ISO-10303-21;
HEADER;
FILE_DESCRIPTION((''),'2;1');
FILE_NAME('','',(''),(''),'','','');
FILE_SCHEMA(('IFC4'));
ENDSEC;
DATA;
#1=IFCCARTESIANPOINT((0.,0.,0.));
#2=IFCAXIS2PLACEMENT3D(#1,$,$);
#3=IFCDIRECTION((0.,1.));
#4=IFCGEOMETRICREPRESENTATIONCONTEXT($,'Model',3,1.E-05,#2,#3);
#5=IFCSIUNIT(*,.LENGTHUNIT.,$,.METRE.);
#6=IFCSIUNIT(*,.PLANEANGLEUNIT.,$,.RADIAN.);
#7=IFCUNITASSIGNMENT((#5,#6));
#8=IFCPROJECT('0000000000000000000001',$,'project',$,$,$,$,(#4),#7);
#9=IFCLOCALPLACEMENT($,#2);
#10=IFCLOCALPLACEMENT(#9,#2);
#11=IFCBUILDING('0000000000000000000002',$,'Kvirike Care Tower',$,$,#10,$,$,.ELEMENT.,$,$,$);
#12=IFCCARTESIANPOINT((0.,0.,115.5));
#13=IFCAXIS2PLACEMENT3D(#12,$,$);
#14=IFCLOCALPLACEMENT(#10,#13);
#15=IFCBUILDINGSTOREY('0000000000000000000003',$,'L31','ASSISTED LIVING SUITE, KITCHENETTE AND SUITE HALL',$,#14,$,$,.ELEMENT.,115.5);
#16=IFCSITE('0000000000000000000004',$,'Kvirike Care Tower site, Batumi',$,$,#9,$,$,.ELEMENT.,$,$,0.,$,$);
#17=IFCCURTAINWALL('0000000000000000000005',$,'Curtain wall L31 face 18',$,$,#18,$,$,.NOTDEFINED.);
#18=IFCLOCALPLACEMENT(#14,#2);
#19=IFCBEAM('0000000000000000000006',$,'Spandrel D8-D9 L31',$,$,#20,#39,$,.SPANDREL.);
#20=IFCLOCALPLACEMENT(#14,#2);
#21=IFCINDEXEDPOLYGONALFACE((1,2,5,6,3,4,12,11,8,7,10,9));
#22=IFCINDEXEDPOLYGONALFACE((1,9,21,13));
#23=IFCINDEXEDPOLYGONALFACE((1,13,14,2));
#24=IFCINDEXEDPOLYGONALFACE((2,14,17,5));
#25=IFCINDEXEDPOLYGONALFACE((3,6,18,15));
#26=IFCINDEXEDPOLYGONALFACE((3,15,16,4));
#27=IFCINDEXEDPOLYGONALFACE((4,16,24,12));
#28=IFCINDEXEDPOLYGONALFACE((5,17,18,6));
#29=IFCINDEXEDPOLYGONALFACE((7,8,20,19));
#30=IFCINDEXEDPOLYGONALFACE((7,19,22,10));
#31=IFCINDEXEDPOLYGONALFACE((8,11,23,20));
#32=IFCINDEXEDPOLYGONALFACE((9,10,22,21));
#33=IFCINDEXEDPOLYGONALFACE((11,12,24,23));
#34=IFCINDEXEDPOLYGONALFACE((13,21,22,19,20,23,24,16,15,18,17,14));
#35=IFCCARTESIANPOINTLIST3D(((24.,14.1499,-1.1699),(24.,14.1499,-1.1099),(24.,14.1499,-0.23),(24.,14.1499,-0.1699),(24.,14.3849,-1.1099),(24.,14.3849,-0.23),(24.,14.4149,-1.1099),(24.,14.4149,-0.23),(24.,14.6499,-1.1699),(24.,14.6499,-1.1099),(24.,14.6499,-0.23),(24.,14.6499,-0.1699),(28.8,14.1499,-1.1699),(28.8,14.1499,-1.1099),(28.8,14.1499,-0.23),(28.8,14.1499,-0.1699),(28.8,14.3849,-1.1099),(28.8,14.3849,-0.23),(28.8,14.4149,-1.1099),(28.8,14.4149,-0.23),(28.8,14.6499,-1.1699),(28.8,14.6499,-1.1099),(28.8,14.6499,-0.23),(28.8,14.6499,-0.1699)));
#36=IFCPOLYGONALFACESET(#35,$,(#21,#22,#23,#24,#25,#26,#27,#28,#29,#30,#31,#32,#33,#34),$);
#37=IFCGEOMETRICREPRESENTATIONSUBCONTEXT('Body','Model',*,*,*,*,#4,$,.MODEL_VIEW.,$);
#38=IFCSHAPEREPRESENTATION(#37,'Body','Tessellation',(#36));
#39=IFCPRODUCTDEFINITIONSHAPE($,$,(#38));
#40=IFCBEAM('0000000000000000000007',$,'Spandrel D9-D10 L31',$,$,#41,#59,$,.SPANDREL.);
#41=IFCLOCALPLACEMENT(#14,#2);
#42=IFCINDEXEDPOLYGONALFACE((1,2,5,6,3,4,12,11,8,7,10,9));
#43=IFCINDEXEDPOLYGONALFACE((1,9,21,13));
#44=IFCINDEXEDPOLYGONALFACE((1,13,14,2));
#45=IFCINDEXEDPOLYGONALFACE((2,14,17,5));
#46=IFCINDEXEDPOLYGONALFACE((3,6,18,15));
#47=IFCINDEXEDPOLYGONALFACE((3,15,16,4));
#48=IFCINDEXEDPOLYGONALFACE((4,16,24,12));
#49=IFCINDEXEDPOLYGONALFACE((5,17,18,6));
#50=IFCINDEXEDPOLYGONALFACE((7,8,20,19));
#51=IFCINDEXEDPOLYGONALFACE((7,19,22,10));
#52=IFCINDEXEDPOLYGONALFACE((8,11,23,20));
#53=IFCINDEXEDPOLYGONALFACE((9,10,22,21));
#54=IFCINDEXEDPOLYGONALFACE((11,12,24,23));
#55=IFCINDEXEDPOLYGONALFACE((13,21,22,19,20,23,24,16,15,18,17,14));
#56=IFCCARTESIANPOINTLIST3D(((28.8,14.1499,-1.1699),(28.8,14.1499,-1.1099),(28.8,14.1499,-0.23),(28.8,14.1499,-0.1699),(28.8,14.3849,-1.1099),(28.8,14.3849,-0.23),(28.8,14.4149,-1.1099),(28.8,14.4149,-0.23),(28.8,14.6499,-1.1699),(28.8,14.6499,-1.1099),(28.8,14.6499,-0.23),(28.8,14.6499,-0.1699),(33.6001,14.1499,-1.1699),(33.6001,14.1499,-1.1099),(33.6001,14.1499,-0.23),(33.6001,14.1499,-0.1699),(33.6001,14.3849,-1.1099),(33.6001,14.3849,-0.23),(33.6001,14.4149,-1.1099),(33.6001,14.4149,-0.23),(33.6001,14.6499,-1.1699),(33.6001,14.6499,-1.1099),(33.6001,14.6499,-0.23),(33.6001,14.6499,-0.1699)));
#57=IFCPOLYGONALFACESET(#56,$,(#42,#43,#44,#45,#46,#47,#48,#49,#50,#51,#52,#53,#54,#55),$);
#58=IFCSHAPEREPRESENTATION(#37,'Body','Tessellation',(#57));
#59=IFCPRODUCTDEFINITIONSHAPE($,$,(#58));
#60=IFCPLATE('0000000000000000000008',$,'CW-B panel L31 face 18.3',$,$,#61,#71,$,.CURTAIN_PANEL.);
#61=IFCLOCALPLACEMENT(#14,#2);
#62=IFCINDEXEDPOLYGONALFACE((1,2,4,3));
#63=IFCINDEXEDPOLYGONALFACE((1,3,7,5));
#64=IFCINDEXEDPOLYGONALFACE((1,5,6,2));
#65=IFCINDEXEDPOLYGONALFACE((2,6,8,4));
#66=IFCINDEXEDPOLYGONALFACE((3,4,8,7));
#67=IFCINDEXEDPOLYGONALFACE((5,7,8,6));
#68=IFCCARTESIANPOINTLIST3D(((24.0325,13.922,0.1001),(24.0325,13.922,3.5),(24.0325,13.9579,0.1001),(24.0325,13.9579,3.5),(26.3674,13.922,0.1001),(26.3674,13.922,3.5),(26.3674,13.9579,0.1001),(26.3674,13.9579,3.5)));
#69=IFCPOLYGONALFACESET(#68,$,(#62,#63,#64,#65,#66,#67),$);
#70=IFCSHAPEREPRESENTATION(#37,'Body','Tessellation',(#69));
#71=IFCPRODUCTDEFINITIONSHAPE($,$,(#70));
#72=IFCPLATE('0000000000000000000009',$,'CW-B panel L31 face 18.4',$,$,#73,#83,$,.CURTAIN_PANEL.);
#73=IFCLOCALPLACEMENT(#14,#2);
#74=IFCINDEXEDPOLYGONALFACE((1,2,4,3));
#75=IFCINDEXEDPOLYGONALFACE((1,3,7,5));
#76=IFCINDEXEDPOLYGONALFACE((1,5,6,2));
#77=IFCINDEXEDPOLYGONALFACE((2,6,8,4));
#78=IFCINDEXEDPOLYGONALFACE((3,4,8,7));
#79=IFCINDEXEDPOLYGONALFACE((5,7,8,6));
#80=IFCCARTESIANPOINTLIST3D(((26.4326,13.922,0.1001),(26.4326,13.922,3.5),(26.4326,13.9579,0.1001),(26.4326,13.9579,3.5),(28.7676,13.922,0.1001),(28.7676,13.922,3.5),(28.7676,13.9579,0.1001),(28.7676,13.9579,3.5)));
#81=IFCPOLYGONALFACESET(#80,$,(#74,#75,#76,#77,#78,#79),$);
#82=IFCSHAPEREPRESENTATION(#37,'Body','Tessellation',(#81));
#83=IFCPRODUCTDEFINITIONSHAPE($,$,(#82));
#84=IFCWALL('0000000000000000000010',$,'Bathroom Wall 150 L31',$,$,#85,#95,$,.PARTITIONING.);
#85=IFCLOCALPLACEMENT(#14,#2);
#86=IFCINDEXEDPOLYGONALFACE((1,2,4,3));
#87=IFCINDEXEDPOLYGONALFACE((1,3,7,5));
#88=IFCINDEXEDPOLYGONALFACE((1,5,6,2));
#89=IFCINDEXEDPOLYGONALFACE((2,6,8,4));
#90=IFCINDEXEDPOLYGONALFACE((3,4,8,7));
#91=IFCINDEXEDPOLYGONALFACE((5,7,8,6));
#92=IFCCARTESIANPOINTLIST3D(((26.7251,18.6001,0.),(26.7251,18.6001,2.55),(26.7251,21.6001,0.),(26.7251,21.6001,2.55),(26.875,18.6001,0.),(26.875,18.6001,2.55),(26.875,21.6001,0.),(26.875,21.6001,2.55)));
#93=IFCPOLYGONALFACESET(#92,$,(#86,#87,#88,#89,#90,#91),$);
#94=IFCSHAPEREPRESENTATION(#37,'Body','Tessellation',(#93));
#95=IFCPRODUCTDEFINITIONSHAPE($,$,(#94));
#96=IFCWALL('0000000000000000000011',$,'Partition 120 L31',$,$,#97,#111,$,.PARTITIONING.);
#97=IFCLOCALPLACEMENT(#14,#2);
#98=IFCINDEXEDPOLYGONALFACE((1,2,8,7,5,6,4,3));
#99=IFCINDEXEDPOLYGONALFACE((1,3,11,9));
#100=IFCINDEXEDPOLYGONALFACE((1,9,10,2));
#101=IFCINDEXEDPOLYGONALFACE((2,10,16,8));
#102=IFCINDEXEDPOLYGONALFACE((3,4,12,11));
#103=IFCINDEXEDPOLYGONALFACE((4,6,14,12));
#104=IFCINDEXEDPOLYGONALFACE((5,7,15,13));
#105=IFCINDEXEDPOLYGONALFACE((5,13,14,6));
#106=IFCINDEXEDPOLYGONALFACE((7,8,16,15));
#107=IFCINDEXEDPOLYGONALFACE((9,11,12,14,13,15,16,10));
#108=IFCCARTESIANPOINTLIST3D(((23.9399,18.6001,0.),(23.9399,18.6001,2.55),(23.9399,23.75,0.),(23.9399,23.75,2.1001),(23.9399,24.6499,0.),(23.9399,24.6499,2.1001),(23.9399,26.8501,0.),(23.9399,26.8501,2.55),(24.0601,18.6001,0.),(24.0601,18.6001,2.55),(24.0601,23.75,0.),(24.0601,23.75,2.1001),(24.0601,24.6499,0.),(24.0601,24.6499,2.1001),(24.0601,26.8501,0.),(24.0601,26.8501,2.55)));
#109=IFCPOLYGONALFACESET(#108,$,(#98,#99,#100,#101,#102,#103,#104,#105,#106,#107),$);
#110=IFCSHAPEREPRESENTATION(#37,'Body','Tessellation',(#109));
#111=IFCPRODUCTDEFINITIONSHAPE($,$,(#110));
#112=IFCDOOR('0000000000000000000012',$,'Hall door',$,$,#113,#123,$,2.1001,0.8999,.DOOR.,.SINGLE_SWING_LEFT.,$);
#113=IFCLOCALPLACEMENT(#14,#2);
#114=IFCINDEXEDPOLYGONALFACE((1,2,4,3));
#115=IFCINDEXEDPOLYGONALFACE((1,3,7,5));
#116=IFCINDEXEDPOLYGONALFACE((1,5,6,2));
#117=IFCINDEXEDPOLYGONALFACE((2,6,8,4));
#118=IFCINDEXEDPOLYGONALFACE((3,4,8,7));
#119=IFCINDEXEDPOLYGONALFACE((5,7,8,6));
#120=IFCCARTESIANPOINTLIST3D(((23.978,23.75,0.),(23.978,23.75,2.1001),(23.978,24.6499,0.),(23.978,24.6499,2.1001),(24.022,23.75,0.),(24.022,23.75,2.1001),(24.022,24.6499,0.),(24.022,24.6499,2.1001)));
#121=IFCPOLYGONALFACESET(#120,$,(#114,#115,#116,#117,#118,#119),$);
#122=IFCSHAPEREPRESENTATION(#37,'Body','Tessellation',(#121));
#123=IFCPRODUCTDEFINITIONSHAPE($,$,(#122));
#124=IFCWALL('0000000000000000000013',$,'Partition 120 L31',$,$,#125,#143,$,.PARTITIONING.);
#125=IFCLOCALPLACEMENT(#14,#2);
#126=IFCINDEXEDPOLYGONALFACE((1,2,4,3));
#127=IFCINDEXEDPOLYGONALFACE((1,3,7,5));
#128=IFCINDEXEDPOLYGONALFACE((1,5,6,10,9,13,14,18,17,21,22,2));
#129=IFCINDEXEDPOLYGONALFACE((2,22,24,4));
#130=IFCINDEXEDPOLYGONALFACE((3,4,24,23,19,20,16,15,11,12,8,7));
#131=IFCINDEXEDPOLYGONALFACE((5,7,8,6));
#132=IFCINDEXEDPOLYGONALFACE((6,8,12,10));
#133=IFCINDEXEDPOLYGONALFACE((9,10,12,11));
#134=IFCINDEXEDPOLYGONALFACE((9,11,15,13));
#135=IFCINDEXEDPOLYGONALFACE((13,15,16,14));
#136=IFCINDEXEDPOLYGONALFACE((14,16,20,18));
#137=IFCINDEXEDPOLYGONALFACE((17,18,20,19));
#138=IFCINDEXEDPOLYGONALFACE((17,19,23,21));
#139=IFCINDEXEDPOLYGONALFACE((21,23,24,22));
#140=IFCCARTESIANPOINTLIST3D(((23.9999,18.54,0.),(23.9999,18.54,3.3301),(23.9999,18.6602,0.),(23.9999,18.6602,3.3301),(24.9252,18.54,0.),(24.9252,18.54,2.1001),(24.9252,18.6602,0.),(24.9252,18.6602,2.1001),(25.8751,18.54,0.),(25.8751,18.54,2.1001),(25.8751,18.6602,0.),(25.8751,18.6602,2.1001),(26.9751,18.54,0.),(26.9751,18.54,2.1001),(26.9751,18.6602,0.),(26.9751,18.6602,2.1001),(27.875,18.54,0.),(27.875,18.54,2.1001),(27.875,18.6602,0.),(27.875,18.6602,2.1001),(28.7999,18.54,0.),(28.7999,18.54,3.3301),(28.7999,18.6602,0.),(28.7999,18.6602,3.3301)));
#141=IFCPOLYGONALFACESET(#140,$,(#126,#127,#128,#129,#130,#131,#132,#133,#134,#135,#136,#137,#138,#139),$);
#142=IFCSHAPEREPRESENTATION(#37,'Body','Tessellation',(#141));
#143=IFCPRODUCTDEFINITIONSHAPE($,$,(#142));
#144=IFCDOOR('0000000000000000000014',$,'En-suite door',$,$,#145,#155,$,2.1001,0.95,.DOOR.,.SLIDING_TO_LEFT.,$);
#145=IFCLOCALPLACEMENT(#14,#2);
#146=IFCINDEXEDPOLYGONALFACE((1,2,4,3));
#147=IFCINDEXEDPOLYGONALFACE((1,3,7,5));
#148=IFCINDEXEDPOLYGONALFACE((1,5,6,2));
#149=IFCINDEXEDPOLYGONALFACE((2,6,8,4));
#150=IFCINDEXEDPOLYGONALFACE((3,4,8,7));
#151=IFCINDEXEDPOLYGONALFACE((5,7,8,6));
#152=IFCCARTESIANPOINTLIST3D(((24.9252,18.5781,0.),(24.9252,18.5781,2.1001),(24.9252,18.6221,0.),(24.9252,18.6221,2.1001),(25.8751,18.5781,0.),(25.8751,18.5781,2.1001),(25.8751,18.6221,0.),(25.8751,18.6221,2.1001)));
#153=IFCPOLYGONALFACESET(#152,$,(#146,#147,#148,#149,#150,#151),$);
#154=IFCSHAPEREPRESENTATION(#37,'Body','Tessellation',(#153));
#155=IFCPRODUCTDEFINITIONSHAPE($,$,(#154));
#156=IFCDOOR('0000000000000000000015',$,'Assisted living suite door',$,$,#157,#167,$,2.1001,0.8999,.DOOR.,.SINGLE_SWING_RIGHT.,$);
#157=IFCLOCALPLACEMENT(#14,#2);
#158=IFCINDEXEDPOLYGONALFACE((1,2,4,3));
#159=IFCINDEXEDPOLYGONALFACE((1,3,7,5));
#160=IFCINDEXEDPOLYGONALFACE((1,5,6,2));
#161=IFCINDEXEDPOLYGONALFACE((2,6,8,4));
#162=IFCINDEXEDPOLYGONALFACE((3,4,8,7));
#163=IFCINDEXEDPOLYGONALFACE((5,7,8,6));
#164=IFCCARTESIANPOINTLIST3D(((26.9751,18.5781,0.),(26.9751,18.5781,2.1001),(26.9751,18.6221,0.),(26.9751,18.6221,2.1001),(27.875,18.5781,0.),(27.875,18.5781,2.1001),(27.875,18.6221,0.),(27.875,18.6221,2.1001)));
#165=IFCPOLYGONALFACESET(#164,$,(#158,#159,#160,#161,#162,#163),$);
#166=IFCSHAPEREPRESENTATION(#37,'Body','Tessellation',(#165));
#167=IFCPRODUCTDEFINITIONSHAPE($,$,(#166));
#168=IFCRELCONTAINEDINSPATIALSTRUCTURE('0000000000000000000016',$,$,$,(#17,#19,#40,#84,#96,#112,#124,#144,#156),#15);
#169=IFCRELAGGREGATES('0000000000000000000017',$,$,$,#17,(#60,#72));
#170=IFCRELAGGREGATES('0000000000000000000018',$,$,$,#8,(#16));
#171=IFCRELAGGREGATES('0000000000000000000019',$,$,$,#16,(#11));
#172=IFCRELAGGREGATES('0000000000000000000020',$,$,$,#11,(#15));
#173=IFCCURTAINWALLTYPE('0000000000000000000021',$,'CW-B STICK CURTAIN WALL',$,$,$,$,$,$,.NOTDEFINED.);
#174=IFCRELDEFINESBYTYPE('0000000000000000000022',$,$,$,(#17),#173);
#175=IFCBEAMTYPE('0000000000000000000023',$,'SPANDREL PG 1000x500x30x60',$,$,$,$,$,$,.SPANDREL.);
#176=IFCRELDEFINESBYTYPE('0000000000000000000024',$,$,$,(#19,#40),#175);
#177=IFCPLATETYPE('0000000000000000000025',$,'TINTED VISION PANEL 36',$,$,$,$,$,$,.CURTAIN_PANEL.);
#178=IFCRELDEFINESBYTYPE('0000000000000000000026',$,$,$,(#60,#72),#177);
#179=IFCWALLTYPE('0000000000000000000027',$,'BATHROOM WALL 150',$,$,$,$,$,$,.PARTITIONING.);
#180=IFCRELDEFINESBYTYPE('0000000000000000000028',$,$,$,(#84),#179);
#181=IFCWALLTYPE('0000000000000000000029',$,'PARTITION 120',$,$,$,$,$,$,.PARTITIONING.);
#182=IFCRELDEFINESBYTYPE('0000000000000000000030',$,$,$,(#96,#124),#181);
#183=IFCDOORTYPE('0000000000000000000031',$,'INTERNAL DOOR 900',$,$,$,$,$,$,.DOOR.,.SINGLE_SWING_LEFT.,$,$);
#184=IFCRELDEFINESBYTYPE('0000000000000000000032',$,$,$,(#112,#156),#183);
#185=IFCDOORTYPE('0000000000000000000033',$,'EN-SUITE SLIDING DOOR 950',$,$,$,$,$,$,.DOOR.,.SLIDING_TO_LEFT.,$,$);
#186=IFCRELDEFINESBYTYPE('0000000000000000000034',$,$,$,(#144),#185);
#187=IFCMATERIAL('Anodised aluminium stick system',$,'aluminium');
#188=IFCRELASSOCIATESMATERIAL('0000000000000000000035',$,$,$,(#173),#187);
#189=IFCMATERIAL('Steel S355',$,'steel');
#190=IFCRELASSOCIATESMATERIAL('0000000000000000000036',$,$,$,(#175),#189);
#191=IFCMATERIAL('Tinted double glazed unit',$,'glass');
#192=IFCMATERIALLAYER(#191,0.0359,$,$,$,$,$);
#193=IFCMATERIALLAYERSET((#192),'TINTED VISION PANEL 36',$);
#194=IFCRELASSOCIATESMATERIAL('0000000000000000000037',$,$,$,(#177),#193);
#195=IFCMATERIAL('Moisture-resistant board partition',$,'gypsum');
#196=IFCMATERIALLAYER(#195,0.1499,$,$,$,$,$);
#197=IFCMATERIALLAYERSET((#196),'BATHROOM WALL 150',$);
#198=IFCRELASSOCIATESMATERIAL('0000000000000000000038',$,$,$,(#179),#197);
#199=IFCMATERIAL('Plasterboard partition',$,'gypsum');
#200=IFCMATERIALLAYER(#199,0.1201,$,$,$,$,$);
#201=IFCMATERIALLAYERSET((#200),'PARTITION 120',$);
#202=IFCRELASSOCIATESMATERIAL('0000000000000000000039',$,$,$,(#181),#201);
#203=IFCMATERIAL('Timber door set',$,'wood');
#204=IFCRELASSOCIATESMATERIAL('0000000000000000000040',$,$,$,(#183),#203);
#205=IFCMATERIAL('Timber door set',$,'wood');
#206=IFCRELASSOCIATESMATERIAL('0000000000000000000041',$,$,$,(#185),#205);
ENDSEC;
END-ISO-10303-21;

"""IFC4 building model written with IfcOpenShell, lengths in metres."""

from ifc_helpers import new_model, si_unit, direction, frame, frame_2d, origin, origin_2d, place, context, subcontext, project, spatial, rectangle, i_section, extrude, material, layer, layer_set, material_profile, profile_set, type_object, element, fill, aggregate, save


model = new_model("IFC4")

# Units and contexts
model_context = context("Model", 3, precision=1e-05, world=origin(), true_north=direction((0.0, 1.0)))
body_context = subcontext(model_context, "Body", "Model", "MODEL_VIEW")
ifc_project = project(units=[si_unit("LENGTHUNIT", "METRE"), si_unit("PLANEANGLEUNIT", "RADIAN")], contexts=[model_context])

# Site, building, storey
site_placement = place(None, origin())
site = spatial("IfcSite", under=ifc_project, at=site_placement, Name="Kvirike Care Tower site, Batumi", CompositionType="ELEMENT", RefElevation=0.0)
building_placement = place(site_placement, origin())
building = spatial("IfcBuilding", under=site, at=building_placement, Name="Kvirike Care Tower", CompositionType="ELEMENT")
storey_placement = place(building_placement, frame((0.0, 0.0, 115.5)))
storey = spatial("IfcBuildingStorey", under=building, at=storey_placement, Name="L31", Description="ASSISTED LIVING SUITE, KITCHENETTE AND SUITE HALL", CompositionType="ELEMENT", Elevation=115.5)

# Curtain wall
ifc_material_1 = material(Name="Anodised aluminium stick system", Category="aluminium")
curtain_wall_type = type_object("IfcCurtainWallType", Name="CW-B STICK CURTAIN WALL", PredefinedType="NOTDEFINED", material=ifc_material_1)
curtain_wall_placement = place(storey_placement, origin())
curtain_wall = element("IfcCurtainWall", 1, at=curtain_wall_placement, inside=storey, type_object=curtain_wall_type, Name="Curtain wall L31 face 18", PredefinedType="NOTDEFINED")

# Beams
ifc_material_2 = material(Name="Steel S355", Category="steel")
ifc_material_profile_1 = material_profile(ifc_material_2, i_section(OverallWidth=0.5, OverallDepth=1.0, WebThickness=0.03, FlangeThickness=0.0601, at=origin_2d()), Name="PG 1000x500x30x60")
ifc_profile_set_1 = profile_set([ifc_material_profile_1], Name="Steel S355")
beam_type_1 = type_object("IfcBeamType", Name="SPANDREL PG 1000x500x30x60", PredefinedType="SPANDREL", material=ifc_profile_set_1)
for number, where, z_axis, x_axis, name in (
    (2, (24.0, 14.3999, -0.6699), (1.0, 0.0, 0.0), (0.0, 1.0, 0.0), "Spandrel D8-D9 L31"),
    (3, (28.8, 14.3999, -0.6699), (1.0, 0.0, 0.0), (0.0, 1.0, 0.0), "Spandrel D9-D10 L31"),
):
    element("IfcBeam", number, at=place(storey_placement, frame(where, z_axis=z_axis, x_axis=x_axis)), inside=storey, type_object=beam_type_1, Name=name, PredefinedType="SPANDREL", context=body_context, shape_type="SweptSolid", body=[
        extrude(i_section(OverallWidth=0.5, OverallDepth=1.0, WebThickness=0.03, FlangeThickness=0.0601, at=origin_2d()), origin(), (0.0, 0.0, 1.0), 4.8),
    ])

# Plates
ifc_material_3 = material(Name="Tinted double glazed unit", Category="glass")
ifc_layer_1 = layer(ifc_material_3, 0.0359)
ifc_layer_set_1 = layer_set([ifc_layer_1], Name="TINTED VISION PANEL 36")
plate_type = type_object("IfcPlateType", Name="TINTED VISION PANEL 36", PredefinedType="CURTAIN_PANEL", material=ifc_layer_set_1)
plate_1_placement = place(storey_placement, frame((25.2, 13.9399, 0.1001), z_axis=(0.0, 0.0, 1.0), x_axis=(1.0, 0.0, 0.0)))
plate_1 = element("IfcPlate", 4, at=plate_1_placement, type_object=plate_type, Name="CW-B panel L31 face 18.3", PredefinedType="CURTAIN_PANEL", context=body_context, shape_type="SweptSolid", body=[
    extrude(rectangle(XDim=2.335, YDim=0.0359, at=origin_2d()), origin(), (0.0, 0.0, 1.0), 3.3999),
])
plate_2_placement = place(storey_placement, frame((27.6001, 13.9399, 0.1001), z_axis=(0.0, 0.0, 1.0), x_axis=(1.0, 0.0, 0.0)))
plate_2 = element("IfcPlate", 5, at=plate_2_placement, type_object=plate_type, Name="CW-B panel L31 face 18.4", PredefinedType="CURTAIN_PANEL", context=body_context, shape_type="SweptSolid", body=[
    extrude(rectangle(XDim=2.335, YDim=0.0359, at=origin_2d()), origin(), (0.0, 0.0, 1.0), 3.3999),
])
aggregate(curtain_wall, [plate_1, plate_2])

# Wall
ifc_material_4 = material(Name="Moisture-resistant board partition", Category="gypsum")
ifc_layer_2 = layer(ifc_material_4, 0.1499)
ifc_layer_set_2 = layer_set([ifc_layer_2], Name="BATHROOM WALL 150")
wall_type_1 = type_object("IfcWallType", Name="BATHROOM WALL 150", PredefinedType="PARTITIONING", material=ifc_layer_set_2)
wall_1_placement = place(storey_placement, frame((26.8, 18.6001, 0.0), z_axis=(0.0, 0.0, 1.0), x_axis=(0.0, 1.0, 0.0)))
element("IfcWall", 6, at=wall_1_placement, inside=storey, type_object=wall_type_1, Name="Bathroom Wall 150 L31", PredefinedType="PARTITIONING", context=body_context, shape_type="SweptSolid", body=[
    extrude(rectangle(XDim=3.0, YDim=0.1499, at=frame_2d((1.5, 0.0))), origin(), (0.0, 0.0, 1.0), 2.55),
])

# Wall, opening, door
ifc_material_5 = material(Name="Plasterboard partition", Category="gypsum")
ifc_layer_3 = layer(ifc_material_5, 0.1201)
ifc_layer_set_3 = layer_set([ifc_layer_3], Name="PARTITION 120")
wall_type_2 = type_object("IfcWallType", Name="PARTITION 120", PredefinedType="PARTITIONING", material=ifc_layer_set_3)
wall_2_placement = place(storey_placement, frame((24.0, 18.6001, 0.0), z_axis=(0.0, 0.0, 1.0), x_axis=(0.0, 1.0, 0.0)))
wall_2 = element("IfcWall", 7, at=wall_2_placement, inside=storey, type_object=wall_type_2, Name="Partition 120 L31", PredefinedType="PARTITIONING", context=body_context, shape_type="SweptSolid", body=[
    extrude(rectangle(XDim=8.25, YDim=0.1201, at=frame_2d((4.125, 0.0))), origin(), (0.0, 0.0, 1.0), 2.55),
])
opening_1_placement = place(wall_2_placement, frame((5.1499, 0.0, 0.0)))
opening_1 = element("IfcOpeningElement", 8, at=opening_1_placement, cuts=wall_2, PredefinedType="OPENING", context=body_context, shape_type="SweptSolid", body=[
    extrude(rectangle(XDim=0.8999, YDim=2.1001, at=frame_2d((0.45, 1.05))), frame((0.0, 0.0706, 0.0), z_axis=(0.0, -1.0, 0.0), x_axis=(1.0, 0.0, 0.0)), (0.0, 0.0, 1.0), 0.1411),
])
ifc_material_6 = material(Name="Timber door set", Category="wood")
door_type_1 = type_object("IfcDoorType", Name="INTERNAL DOOR 900", OperationType="SINGLE_SWING_LEFT", PredefinedType="DOOR", material=ifc_material_6)
door_1_placement = place(opening_1_placement, origin())
door_1 = element("IfcDoor", 9, at=door_1_placement, inside=storey, type_object=door_type_1, Name="Hall door", OperationType="SINGLE_SWING_LEFT", OverallHeight=2.1001, OverallWidth=0.8999, PredefinedType="DOOR", context=body_context, shape_type="SweptSolid", body=[
    extrude(rectangle(XDim=0.8999, YDim=2.1001, at=frame_2d((0.45, 1.05))), frame((0.0, 0.022, 0.0), z_axis=(0.0, -1.0, 0.0), x_axis=(1.0, 0.0, 0.0)), (0.0, 0.0, 1.0), 0.0439),
])
fill(opening_1, door_1)

# Wall, openings, doors
wall_3_placement = place(storey_placement, frame((24.0, 18.6001, 0.0), z_axis=(0.0, 0.0, 1.0), x_axis=(1.0, 0.0, 0.0)))
wall_3 = element("IfcWall", 10, at=wall_3_placement, inside=storey, type_object=wall_type_2, Name="Partition 120 L31", PredefinedType="PARTITIONING", context=body_context, shape_type="SweptSolid", body=[
    extrude(rectangle(XDim=4.8, YDim=0.1201, at=frame_2d((2.3999, 0.0))), origin(), (0.0, 0.0, 1.0), 3.3301),
])
opening_2_placement = place(wall_3_placement, frame((2.9751, 0.0, 0.0)))
opening_2 = element("IfcOpeningElement", 11, at=opening_2_placement, cuts=wall_3, PredefinedType="OPENING", context=body_context, shape_type="SweptSolid", body=[
    extrude(rectangle(XDim=0.8999, YDim=2.1001, at=frame_2d((0.45, 1.05))), frame((0.0, 0.0706, 0.0), z_axis=(0.0, -1.0, 0.0), x_axis=(1.0, 0.0, 0.0)), (0.0, 0.0, 1.0), 0.1411),
])
opening_3_placement = place(wall_3_placement, frame((0.925, 0.0, 0.0)))
opening_3 = element("IfcOpeningElement", 12, at=opening_3_placement, cuts=wall_3, PredefinedType="OPENING", context=body_context, shape_type="SweptSolid", body=[
    extrude(rectangle(XDim=0.95, YDim=2.1001, at=frame_2d((0.4751, 1.05))), frame((0.0, 0.0706, 0.0), z_axis=(0.0, -1.0, 0.0), x_axis=(1.0, 0.0, 0.0)), (0.0, 0.0, 1.0), 0.1411),
])
ifc_material_7 = material(Name="Timber door set", Category="wood")
door_type_2 = type_object("IfcDoorType", Name="EN-SUITE SLIDING DOOR 950", OperationType="SLIDING_TO_LEFT", PredefinedType="DOOR", material=ifc_material_7)
door_2_placement = place(opening_3_placement, origin())
door_2 = element("IfcDoor", 13, at=door_2_placement, inside=storey, type_object=door_type_2, Name="En-suite door", OperationType="SLIDING_TO_LEFT", OverallHeight=2.1001, OverallWidth=0.95, PredefinedType="DOOR", context=body_context, shape_type="SweptSolid", body=[
    extrude(rectangle(XDim=0.95, YDim=2.1001, at=frame_2d((0.4751, 1.05))), frame((0.0, 0.022, 0.0), z_axis=(0.0, -1.0, 0.0), x_axis=(1.0, 0.0, 0.0)), (0.0, 0.0, 1.0), 0.0439),
])
fill(opening_3, door_2)
door_3_placement = place(opening_2_placement, frame((0.8999, 0.0, 0.0), z_axis=(0.0, 0.0, 1.0), x_axis=(-1.0, 0.0, 0.0)))
door_3 = element("IfcDoor", 14, at=door_3_placement, inside=storey, type_object=door_type_1, Name="Assisted living suite door", OperationType="SINGLE_SWING_RIGHT", OverallHeight=2.1001, OverallWidth=0.8999, PredefinedType="DOOR", context=body_context, shape_type="SweptSolid", body=[
    extrude(rectangle(XDim=0.8999, YDim=2.1001, at=frame_2d((0.45, 1.05))), frame((0.0, 0.022, 0.0), z_axis=(0.0, -1.0, 0.0), x_axis=(1.0, 0.0, 0.0)), (0.0, 0.0, 1.0), 0.0439),
])
fill(opening_2, door_3)

save(model, "model.ifc")
